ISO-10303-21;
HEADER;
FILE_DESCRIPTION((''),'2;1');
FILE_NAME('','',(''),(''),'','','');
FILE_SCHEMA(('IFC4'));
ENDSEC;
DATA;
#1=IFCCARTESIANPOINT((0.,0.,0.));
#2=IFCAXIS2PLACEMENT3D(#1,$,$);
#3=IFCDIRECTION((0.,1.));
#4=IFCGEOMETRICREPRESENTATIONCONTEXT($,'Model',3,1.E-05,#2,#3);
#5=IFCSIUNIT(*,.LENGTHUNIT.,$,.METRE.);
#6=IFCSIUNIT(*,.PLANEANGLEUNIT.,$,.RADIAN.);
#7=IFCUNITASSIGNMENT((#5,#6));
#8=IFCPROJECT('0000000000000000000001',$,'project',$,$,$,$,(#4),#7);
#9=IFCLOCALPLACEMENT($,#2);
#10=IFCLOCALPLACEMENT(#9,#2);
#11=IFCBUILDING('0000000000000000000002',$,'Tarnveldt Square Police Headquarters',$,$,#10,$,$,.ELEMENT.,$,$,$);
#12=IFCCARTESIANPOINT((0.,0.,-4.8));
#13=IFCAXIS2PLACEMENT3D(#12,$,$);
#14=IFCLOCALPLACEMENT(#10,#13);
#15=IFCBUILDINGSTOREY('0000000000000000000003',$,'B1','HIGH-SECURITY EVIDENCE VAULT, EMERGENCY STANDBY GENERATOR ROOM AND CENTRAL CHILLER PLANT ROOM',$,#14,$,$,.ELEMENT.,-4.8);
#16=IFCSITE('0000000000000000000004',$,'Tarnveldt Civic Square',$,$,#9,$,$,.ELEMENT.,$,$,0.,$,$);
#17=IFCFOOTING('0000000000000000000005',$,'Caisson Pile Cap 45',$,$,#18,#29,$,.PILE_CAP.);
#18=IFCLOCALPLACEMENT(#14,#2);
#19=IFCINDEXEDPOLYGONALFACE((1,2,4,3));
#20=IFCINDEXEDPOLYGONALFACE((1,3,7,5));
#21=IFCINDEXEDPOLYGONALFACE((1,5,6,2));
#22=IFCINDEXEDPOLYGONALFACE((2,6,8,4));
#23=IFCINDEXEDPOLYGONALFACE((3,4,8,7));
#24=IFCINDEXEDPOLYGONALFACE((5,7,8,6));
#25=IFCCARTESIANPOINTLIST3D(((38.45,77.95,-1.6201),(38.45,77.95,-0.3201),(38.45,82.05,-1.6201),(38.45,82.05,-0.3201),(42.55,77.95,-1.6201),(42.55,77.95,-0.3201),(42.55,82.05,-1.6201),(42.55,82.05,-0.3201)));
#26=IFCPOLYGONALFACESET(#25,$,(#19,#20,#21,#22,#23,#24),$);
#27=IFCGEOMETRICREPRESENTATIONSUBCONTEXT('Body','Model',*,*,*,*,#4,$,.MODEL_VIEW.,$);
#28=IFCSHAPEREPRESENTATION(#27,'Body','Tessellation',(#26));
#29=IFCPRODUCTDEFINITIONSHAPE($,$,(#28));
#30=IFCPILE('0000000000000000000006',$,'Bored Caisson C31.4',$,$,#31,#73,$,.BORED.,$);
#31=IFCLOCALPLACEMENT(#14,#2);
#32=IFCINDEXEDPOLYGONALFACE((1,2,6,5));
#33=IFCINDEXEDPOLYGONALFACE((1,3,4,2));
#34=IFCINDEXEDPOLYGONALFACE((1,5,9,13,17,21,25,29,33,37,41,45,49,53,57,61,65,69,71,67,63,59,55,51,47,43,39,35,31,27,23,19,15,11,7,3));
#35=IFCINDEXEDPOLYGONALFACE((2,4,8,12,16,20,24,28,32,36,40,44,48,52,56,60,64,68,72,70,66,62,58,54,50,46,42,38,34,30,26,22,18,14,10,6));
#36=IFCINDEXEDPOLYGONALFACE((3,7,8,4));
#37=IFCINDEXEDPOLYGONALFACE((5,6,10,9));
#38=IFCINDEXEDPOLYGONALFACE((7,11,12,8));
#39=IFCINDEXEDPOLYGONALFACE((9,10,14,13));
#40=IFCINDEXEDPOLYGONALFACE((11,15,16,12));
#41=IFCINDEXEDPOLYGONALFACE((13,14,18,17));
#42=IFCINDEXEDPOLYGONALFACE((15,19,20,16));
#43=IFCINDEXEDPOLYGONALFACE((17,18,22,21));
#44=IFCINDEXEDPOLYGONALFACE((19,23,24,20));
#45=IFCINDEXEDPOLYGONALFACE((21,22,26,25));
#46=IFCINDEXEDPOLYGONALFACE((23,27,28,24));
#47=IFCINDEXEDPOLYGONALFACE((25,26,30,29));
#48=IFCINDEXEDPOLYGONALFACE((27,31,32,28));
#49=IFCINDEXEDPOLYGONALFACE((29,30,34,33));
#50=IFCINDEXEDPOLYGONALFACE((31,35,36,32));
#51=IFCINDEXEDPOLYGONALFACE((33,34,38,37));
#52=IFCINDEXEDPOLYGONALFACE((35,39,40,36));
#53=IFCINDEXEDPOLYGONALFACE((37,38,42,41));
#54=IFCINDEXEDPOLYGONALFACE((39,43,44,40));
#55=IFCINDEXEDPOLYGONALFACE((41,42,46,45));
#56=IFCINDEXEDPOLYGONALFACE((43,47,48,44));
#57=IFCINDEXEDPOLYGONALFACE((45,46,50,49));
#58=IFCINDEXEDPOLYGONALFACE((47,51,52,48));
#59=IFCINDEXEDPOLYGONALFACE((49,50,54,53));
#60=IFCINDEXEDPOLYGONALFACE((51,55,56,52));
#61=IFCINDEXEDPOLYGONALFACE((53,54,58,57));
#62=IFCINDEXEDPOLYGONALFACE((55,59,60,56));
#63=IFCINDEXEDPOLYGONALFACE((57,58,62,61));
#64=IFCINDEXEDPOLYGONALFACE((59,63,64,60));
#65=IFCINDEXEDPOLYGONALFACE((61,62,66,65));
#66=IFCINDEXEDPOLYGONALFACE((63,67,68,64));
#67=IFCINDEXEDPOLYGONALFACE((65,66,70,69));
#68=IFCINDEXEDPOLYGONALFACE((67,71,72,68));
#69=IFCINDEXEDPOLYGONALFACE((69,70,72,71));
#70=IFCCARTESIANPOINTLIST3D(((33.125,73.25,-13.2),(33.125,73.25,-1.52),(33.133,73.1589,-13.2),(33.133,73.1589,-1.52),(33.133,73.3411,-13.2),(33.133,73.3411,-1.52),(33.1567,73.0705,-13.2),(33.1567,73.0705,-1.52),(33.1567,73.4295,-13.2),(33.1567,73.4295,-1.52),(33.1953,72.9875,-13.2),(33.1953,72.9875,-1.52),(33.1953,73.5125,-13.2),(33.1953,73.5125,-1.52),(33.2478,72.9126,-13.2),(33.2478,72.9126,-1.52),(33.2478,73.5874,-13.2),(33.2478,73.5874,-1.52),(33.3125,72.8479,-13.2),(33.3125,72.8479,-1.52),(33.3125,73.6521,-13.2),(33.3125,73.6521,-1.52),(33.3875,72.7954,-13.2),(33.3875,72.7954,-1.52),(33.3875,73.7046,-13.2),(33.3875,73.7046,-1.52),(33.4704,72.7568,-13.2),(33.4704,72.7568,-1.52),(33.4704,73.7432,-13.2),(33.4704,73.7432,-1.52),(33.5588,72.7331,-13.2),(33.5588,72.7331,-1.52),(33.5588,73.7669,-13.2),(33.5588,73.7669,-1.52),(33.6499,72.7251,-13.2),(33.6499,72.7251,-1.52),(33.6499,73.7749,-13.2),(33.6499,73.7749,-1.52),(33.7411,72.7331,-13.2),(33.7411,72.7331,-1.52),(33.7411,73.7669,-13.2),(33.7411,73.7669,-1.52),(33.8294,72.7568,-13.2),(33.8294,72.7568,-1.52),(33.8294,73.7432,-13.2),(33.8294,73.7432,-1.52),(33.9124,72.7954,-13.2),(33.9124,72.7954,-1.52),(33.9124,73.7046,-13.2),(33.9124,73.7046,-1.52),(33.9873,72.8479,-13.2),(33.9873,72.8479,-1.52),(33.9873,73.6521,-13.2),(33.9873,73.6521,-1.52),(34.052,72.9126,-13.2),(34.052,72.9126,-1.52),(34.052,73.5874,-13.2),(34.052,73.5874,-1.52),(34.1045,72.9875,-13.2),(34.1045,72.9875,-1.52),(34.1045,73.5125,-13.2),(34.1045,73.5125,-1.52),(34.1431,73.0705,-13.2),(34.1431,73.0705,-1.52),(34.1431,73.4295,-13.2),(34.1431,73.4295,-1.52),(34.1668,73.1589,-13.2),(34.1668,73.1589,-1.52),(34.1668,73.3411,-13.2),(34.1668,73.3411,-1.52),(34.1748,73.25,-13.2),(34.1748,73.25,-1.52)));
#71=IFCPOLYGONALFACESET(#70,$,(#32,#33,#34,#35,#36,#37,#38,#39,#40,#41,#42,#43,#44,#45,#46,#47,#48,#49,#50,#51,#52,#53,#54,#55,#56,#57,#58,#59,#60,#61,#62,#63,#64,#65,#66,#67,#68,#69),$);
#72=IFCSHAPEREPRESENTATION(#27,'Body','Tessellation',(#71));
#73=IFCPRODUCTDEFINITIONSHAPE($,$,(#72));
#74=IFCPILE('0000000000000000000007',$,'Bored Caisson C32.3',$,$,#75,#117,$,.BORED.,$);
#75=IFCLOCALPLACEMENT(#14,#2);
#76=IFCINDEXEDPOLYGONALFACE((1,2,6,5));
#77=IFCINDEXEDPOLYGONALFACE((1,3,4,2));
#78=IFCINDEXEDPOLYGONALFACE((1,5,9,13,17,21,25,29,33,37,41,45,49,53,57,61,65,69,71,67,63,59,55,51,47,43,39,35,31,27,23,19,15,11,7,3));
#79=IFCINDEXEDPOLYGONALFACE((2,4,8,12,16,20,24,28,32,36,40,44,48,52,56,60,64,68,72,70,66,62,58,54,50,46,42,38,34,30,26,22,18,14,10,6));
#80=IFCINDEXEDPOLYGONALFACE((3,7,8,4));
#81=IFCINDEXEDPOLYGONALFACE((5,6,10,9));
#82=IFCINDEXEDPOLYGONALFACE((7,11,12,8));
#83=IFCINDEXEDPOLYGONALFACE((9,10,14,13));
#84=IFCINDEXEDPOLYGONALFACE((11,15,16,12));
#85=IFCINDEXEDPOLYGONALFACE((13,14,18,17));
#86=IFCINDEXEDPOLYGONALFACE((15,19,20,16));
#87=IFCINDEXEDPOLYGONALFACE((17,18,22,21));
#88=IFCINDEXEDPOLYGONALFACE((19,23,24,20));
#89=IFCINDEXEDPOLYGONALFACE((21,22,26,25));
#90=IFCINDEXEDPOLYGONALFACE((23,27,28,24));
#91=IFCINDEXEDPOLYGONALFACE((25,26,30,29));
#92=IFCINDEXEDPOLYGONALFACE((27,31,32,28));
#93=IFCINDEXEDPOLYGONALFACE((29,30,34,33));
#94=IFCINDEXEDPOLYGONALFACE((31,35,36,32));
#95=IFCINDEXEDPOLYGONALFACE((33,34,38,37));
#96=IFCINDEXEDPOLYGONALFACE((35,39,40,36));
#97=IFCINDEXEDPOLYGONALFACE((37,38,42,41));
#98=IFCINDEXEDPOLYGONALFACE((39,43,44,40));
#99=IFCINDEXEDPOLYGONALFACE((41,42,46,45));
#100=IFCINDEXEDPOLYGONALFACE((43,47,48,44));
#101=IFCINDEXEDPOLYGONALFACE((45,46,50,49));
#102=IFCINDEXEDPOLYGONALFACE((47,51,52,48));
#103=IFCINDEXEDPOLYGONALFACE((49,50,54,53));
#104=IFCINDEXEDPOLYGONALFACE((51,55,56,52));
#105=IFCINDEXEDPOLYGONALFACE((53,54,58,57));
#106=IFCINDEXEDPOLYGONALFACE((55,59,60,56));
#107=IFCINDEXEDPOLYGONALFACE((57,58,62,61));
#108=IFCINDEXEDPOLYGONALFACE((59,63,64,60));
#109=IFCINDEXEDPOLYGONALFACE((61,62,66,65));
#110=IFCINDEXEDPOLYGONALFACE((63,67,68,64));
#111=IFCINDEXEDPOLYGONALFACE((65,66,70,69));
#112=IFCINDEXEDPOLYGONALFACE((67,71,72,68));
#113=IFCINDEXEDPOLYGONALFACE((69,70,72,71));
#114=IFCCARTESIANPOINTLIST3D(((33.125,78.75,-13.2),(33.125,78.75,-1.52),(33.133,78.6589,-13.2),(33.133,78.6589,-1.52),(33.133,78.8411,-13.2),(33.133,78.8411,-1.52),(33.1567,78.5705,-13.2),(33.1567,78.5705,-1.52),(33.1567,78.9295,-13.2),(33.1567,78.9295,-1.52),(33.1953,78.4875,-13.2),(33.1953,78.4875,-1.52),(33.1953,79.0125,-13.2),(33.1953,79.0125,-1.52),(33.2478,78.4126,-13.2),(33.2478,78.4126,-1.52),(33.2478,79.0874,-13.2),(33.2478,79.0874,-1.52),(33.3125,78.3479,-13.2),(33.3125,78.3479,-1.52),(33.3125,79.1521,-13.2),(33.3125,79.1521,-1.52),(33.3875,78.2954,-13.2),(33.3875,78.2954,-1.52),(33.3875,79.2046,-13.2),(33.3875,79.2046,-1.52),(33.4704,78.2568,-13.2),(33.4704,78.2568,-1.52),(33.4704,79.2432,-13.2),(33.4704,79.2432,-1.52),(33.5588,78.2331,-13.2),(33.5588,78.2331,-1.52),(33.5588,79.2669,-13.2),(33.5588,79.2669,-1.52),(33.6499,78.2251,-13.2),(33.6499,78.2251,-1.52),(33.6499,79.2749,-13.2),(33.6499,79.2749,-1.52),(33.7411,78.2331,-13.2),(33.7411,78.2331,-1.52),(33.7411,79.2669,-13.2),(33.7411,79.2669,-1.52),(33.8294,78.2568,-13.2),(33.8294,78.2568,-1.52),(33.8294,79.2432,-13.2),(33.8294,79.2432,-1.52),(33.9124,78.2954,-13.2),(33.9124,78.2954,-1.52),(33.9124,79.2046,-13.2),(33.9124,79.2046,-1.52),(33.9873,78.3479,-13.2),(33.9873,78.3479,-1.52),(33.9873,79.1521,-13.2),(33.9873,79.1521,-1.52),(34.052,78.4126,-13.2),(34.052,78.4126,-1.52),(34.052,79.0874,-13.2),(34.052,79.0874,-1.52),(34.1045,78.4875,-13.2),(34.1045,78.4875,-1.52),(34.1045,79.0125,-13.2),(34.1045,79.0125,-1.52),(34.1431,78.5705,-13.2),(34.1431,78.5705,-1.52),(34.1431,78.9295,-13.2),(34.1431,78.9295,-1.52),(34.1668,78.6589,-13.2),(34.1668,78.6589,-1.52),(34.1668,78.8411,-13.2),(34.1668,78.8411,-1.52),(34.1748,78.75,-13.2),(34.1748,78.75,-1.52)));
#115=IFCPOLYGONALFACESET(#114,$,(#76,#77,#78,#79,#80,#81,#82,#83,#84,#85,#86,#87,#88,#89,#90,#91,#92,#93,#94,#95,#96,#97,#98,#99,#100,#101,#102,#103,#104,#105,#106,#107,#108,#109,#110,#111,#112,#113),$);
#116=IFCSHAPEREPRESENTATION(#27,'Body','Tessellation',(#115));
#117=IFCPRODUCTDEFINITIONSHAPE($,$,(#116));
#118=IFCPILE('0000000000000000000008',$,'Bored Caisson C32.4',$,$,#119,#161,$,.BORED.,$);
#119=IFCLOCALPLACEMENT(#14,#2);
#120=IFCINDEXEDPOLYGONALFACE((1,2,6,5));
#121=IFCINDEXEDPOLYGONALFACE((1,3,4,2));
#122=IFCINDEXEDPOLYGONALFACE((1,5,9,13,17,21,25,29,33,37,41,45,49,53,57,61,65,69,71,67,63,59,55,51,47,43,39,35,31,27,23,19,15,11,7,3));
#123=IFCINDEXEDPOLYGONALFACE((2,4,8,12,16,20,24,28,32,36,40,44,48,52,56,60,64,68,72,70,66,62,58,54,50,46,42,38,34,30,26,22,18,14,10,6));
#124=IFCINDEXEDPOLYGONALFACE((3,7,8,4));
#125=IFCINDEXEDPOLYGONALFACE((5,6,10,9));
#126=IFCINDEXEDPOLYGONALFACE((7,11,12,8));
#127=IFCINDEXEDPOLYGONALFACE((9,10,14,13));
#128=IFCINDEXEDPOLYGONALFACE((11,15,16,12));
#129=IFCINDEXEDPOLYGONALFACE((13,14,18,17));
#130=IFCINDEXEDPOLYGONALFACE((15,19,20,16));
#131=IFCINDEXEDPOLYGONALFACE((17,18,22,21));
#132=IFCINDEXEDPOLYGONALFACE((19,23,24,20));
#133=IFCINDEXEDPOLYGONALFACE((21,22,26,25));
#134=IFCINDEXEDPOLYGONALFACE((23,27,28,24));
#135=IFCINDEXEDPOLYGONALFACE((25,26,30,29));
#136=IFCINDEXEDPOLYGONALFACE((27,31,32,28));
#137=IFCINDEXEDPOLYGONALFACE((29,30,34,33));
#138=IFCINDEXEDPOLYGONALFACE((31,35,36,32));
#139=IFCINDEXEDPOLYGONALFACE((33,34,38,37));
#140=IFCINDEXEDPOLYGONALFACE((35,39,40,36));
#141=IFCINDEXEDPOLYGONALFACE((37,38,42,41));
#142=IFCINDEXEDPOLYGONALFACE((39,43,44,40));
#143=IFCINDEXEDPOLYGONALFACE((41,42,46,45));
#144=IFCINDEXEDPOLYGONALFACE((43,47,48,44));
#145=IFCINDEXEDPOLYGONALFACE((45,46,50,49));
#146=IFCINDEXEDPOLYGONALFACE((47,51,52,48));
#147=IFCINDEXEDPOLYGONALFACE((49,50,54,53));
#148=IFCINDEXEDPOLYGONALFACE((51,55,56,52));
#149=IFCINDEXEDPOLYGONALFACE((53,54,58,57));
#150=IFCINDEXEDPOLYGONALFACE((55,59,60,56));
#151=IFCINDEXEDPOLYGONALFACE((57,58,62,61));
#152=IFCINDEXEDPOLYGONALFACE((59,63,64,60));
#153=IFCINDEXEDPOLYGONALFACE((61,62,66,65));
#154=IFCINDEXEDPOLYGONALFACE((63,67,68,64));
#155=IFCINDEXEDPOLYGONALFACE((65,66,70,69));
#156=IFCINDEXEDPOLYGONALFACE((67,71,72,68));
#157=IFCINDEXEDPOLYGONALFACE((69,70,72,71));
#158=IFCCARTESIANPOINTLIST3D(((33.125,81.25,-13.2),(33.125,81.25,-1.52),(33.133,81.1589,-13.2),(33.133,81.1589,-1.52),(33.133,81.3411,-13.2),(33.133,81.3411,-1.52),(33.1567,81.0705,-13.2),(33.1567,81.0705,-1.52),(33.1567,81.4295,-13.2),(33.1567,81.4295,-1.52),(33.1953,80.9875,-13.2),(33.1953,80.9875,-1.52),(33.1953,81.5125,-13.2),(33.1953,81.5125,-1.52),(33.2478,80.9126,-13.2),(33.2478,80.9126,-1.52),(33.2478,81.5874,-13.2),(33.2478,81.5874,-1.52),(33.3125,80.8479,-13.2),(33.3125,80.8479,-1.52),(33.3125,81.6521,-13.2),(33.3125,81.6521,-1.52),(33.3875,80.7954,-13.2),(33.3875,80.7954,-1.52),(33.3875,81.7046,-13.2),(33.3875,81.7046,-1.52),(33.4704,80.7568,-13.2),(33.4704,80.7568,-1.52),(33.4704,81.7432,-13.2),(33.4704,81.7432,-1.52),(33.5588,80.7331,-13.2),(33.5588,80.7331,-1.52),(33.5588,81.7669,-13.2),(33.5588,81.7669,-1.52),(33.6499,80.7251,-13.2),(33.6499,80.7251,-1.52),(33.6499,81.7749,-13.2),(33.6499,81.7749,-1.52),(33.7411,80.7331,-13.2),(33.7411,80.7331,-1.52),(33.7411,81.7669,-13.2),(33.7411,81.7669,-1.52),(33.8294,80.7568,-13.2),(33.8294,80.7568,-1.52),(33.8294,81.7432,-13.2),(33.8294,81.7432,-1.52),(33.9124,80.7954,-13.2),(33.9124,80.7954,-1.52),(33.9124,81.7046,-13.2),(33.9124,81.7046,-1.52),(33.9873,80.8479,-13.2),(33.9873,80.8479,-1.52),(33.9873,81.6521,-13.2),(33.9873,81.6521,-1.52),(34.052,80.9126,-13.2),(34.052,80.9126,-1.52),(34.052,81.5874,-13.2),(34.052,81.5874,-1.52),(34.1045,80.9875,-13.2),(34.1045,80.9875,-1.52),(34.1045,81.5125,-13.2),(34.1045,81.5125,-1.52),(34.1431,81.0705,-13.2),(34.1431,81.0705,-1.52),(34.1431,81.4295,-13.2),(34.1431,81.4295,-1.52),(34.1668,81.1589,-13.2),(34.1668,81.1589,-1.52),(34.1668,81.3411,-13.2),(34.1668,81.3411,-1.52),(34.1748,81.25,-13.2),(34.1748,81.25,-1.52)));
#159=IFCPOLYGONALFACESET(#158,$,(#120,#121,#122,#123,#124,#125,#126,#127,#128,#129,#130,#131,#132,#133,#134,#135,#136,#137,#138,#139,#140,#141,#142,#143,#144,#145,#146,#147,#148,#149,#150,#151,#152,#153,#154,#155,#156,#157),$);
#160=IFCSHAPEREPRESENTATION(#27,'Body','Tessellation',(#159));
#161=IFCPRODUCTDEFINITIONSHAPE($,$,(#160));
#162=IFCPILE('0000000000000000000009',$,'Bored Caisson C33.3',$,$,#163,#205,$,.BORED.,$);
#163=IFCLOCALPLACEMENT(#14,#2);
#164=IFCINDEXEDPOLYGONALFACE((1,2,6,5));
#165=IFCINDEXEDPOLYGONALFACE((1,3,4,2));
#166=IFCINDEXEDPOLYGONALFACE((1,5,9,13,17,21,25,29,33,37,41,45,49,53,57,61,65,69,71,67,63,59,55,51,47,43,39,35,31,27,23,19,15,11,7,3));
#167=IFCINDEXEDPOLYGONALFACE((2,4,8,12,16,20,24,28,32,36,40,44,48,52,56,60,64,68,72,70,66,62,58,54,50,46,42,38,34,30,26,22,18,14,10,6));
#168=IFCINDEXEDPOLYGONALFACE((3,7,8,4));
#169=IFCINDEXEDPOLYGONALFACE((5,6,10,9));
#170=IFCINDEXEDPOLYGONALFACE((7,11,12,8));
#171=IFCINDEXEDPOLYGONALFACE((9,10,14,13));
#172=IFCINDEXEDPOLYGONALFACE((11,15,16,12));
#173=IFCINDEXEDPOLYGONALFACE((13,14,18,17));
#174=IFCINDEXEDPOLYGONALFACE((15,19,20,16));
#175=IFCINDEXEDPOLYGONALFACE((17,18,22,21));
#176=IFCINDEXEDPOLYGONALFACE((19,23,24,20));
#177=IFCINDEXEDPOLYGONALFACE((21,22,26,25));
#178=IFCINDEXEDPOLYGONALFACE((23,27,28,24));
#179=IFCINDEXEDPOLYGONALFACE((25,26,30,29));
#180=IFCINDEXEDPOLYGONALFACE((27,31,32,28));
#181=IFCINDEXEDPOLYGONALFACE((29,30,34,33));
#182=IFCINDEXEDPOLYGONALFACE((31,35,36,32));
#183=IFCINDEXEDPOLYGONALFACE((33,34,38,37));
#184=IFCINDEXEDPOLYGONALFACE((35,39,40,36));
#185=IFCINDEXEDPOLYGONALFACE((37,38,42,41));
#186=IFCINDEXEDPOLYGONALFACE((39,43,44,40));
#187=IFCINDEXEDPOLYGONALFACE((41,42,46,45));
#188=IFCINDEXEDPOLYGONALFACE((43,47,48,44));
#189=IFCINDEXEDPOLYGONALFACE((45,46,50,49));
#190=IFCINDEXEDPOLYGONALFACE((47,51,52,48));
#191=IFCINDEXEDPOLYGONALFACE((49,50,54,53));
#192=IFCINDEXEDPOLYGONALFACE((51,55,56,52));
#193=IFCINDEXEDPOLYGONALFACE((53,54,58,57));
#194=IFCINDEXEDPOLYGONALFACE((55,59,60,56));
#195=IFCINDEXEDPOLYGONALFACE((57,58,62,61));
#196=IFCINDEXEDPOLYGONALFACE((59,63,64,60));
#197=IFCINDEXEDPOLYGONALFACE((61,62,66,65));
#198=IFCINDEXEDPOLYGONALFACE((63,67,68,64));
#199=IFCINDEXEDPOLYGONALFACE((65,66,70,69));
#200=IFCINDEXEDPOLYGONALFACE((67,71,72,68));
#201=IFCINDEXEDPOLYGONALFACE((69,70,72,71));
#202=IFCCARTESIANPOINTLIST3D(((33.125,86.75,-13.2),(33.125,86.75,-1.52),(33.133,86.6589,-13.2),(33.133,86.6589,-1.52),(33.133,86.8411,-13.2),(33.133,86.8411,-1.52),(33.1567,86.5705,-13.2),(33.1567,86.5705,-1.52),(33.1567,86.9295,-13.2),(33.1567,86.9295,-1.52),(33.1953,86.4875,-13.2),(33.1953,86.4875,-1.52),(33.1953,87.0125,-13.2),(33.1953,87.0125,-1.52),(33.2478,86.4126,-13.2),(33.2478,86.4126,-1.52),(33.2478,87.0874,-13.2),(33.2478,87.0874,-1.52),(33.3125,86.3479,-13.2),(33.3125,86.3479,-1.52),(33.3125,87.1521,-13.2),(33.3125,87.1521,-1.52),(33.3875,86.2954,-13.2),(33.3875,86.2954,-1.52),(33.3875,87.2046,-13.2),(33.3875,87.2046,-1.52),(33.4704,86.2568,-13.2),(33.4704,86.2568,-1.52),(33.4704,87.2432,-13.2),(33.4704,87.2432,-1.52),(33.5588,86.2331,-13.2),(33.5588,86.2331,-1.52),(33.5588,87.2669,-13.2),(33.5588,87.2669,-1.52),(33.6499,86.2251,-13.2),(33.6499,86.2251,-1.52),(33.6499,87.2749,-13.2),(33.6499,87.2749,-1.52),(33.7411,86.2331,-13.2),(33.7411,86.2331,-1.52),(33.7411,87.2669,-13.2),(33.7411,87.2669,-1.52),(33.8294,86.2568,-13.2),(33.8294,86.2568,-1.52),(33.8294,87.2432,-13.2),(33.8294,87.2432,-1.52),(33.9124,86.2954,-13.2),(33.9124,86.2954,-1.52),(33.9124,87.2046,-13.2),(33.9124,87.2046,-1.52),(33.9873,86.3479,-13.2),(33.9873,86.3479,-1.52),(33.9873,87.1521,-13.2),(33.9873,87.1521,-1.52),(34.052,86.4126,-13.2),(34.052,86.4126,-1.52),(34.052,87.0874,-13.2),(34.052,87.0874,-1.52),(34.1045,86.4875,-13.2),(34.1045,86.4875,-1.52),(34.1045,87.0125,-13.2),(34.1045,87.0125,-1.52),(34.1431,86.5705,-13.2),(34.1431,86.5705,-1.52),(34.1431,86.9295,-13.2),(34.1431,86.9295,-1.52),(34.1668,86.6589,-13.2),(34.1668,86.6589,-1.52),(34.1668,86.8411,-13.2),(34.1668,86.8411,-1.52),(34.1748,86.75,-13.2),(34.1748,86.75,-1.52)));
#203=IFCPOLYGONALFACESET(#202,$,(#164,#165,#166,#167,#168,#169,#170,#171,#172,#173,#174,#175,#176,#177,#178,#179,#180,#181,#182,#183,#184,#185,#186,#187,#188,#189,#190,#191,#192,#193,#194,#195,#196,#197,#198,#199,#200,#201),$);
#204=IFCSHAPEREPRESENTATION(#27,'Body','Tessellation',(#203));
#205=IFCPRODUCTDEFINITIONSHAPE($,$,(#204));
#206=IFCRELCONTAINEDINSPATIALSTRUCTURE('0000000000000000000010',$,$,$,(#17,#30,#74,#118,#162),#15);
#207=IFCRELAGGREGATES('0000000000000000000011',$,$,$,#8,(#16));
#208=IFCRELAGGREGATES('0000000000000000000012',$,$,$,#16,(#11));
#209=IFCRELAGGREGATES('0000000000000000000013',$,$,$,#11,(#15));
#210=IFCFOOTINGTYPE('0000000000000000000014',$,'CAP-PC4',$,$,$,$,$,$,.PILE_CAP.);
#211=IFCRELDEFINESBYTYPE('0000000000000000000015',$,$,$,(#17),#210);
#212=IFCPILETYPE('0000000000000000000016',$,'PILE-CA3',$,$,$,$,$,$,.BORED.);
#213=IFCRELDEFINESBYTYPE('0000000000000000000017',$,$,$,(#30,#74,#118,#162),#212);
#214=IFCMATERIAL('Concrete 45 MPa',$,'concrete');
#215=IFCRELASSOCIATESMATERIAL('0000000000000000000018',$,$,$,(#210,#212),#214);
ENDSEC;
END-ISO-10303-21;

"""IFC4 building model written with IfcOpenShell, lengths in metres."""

from ifc_helpers import new_model, si_unit, direction, frame, origin, origin_2d, place, context, subcontext, project, spatial, rectangle, circle, extrude, material, material_profile, profile_set, type_object, element, save


model = new_model("IFC4")

# Units and contexts
model_context = context("Model", 3, precision=1e-05, world=origin(), true_north=direction((0.0, 1.0)))
body_context = subcontext(model_context, "Body", "Model", "MODEL_VIEW")
ifc_project = project(units=[si_unit("LENGTHUNIT", "METRE"), si_unit("PLANEANGLEUNIT", "RADIAN")], contexts=[model_context])

# Site, building, storey
site_placement = place(None, origin())
site = spatial("IfcSite", under=ifc_project, at=site_placement, Name="Tarnveldt Civic Square", CompositionType="ELEMENT", RefElevation=0.0)
building_placement = place(site_placement, origin())
building = spatial("IfcBuilding", under=site, at=building_placement, Name="Tarnveldt Square Police Headquarters", CompositionType="ELEMENT")
storey_placement = place(building_placement, frame((0.0, 0.0, -4.8)))
storey = spatial("IfcBuildingStorey", under=building, at=storey_placement, Name="B1", Description="HIGH-SECURITY EVIDENCE VAULT, EMERGENCY STANDBY GENERATOR ROOM AND CENTRAL CHILLER PLANT ROOM", CompositionType="ELEMENT", Elevation=-4.8)

# Footing
ifc_material_1 = material(Name="Concrete 45 MPa", Category="concrete")
footing_type = type_object("IfcFootingType", Name="CAP-PC4", PredefinedType="PILE_CAP", material=ifc_material_1)
footing_placement = place(storey_placement, frame((40.5, 80.0, -1.6201), z_axis=(0.0, 0.0, 1.0), x_axis=(1.0, 0.0, 0.0)))
element("IfcFooting", 1, at=footing_placement, inside=storey, type_object=footing_type, Name="Caisson Pile Cap 45", PredefinedType="PILE_CAP", context=body_context, shape_type="SweptSolid", body=[
    extrude(rectangle(XDim=4.1001, YDim=4.1001, at=origin_2d()), origin(), (0.0, 0.0, 1.0), 1.3),
])

# Piles
ifc_material_profile_1 = material_profile(ifc_material_1, circle(Radius=0.5249, at=origin_2d()), Name="CAISSON-D1050")
ifc_profile_set_1 = profile_set([ifc_material_profile_1], Name="Concrete 45 MPa")
pile_type = type_object("IfcPileType", Name="PILE-CA3", PredefinedType="BORED", material=ifc_profile_set_1)
for number, where, z_axis, x_axis, name in (
    (2, (33.6499, 73.25, -1.52), (0.0, 0.0, -1.0), (1.0, 0.0, 0.0), "Bored Caisson C31.4"),
    (3, (33.6499, 78.75, -1.52), (0.0, 0.0, -1.0), (1.0, 0.0, 0.0), "Bored Caisson C32.3"),
    (4, (33.6499, 81.25, -1.52), (0.0, 0.0, -1.0), (1.0, 0.0, 0.0), "Bored Caisson C32.4"),
    (5, (33.6499, 86.75, -1.52), (0.0, 0.0, -1.0), (1.0, 0.0, 0.0), "Bored Caisson C33.3"),
):
    element("IfcPile", number, at=place(storey_placement, frame(where, z_axis=z_axis, x_axis=x_axis)), inside=storey, type_object=pile_type, Name=name, PredefinedType="BORED", context=body_context, shape_type="SweptSolid", body=[
        extrude(circle(Radius=0.5249, at=origin_2d()), origin(), (0.0, 0.0, 1.0), 11.6799),
    ])

save(model, "model.ifc")
